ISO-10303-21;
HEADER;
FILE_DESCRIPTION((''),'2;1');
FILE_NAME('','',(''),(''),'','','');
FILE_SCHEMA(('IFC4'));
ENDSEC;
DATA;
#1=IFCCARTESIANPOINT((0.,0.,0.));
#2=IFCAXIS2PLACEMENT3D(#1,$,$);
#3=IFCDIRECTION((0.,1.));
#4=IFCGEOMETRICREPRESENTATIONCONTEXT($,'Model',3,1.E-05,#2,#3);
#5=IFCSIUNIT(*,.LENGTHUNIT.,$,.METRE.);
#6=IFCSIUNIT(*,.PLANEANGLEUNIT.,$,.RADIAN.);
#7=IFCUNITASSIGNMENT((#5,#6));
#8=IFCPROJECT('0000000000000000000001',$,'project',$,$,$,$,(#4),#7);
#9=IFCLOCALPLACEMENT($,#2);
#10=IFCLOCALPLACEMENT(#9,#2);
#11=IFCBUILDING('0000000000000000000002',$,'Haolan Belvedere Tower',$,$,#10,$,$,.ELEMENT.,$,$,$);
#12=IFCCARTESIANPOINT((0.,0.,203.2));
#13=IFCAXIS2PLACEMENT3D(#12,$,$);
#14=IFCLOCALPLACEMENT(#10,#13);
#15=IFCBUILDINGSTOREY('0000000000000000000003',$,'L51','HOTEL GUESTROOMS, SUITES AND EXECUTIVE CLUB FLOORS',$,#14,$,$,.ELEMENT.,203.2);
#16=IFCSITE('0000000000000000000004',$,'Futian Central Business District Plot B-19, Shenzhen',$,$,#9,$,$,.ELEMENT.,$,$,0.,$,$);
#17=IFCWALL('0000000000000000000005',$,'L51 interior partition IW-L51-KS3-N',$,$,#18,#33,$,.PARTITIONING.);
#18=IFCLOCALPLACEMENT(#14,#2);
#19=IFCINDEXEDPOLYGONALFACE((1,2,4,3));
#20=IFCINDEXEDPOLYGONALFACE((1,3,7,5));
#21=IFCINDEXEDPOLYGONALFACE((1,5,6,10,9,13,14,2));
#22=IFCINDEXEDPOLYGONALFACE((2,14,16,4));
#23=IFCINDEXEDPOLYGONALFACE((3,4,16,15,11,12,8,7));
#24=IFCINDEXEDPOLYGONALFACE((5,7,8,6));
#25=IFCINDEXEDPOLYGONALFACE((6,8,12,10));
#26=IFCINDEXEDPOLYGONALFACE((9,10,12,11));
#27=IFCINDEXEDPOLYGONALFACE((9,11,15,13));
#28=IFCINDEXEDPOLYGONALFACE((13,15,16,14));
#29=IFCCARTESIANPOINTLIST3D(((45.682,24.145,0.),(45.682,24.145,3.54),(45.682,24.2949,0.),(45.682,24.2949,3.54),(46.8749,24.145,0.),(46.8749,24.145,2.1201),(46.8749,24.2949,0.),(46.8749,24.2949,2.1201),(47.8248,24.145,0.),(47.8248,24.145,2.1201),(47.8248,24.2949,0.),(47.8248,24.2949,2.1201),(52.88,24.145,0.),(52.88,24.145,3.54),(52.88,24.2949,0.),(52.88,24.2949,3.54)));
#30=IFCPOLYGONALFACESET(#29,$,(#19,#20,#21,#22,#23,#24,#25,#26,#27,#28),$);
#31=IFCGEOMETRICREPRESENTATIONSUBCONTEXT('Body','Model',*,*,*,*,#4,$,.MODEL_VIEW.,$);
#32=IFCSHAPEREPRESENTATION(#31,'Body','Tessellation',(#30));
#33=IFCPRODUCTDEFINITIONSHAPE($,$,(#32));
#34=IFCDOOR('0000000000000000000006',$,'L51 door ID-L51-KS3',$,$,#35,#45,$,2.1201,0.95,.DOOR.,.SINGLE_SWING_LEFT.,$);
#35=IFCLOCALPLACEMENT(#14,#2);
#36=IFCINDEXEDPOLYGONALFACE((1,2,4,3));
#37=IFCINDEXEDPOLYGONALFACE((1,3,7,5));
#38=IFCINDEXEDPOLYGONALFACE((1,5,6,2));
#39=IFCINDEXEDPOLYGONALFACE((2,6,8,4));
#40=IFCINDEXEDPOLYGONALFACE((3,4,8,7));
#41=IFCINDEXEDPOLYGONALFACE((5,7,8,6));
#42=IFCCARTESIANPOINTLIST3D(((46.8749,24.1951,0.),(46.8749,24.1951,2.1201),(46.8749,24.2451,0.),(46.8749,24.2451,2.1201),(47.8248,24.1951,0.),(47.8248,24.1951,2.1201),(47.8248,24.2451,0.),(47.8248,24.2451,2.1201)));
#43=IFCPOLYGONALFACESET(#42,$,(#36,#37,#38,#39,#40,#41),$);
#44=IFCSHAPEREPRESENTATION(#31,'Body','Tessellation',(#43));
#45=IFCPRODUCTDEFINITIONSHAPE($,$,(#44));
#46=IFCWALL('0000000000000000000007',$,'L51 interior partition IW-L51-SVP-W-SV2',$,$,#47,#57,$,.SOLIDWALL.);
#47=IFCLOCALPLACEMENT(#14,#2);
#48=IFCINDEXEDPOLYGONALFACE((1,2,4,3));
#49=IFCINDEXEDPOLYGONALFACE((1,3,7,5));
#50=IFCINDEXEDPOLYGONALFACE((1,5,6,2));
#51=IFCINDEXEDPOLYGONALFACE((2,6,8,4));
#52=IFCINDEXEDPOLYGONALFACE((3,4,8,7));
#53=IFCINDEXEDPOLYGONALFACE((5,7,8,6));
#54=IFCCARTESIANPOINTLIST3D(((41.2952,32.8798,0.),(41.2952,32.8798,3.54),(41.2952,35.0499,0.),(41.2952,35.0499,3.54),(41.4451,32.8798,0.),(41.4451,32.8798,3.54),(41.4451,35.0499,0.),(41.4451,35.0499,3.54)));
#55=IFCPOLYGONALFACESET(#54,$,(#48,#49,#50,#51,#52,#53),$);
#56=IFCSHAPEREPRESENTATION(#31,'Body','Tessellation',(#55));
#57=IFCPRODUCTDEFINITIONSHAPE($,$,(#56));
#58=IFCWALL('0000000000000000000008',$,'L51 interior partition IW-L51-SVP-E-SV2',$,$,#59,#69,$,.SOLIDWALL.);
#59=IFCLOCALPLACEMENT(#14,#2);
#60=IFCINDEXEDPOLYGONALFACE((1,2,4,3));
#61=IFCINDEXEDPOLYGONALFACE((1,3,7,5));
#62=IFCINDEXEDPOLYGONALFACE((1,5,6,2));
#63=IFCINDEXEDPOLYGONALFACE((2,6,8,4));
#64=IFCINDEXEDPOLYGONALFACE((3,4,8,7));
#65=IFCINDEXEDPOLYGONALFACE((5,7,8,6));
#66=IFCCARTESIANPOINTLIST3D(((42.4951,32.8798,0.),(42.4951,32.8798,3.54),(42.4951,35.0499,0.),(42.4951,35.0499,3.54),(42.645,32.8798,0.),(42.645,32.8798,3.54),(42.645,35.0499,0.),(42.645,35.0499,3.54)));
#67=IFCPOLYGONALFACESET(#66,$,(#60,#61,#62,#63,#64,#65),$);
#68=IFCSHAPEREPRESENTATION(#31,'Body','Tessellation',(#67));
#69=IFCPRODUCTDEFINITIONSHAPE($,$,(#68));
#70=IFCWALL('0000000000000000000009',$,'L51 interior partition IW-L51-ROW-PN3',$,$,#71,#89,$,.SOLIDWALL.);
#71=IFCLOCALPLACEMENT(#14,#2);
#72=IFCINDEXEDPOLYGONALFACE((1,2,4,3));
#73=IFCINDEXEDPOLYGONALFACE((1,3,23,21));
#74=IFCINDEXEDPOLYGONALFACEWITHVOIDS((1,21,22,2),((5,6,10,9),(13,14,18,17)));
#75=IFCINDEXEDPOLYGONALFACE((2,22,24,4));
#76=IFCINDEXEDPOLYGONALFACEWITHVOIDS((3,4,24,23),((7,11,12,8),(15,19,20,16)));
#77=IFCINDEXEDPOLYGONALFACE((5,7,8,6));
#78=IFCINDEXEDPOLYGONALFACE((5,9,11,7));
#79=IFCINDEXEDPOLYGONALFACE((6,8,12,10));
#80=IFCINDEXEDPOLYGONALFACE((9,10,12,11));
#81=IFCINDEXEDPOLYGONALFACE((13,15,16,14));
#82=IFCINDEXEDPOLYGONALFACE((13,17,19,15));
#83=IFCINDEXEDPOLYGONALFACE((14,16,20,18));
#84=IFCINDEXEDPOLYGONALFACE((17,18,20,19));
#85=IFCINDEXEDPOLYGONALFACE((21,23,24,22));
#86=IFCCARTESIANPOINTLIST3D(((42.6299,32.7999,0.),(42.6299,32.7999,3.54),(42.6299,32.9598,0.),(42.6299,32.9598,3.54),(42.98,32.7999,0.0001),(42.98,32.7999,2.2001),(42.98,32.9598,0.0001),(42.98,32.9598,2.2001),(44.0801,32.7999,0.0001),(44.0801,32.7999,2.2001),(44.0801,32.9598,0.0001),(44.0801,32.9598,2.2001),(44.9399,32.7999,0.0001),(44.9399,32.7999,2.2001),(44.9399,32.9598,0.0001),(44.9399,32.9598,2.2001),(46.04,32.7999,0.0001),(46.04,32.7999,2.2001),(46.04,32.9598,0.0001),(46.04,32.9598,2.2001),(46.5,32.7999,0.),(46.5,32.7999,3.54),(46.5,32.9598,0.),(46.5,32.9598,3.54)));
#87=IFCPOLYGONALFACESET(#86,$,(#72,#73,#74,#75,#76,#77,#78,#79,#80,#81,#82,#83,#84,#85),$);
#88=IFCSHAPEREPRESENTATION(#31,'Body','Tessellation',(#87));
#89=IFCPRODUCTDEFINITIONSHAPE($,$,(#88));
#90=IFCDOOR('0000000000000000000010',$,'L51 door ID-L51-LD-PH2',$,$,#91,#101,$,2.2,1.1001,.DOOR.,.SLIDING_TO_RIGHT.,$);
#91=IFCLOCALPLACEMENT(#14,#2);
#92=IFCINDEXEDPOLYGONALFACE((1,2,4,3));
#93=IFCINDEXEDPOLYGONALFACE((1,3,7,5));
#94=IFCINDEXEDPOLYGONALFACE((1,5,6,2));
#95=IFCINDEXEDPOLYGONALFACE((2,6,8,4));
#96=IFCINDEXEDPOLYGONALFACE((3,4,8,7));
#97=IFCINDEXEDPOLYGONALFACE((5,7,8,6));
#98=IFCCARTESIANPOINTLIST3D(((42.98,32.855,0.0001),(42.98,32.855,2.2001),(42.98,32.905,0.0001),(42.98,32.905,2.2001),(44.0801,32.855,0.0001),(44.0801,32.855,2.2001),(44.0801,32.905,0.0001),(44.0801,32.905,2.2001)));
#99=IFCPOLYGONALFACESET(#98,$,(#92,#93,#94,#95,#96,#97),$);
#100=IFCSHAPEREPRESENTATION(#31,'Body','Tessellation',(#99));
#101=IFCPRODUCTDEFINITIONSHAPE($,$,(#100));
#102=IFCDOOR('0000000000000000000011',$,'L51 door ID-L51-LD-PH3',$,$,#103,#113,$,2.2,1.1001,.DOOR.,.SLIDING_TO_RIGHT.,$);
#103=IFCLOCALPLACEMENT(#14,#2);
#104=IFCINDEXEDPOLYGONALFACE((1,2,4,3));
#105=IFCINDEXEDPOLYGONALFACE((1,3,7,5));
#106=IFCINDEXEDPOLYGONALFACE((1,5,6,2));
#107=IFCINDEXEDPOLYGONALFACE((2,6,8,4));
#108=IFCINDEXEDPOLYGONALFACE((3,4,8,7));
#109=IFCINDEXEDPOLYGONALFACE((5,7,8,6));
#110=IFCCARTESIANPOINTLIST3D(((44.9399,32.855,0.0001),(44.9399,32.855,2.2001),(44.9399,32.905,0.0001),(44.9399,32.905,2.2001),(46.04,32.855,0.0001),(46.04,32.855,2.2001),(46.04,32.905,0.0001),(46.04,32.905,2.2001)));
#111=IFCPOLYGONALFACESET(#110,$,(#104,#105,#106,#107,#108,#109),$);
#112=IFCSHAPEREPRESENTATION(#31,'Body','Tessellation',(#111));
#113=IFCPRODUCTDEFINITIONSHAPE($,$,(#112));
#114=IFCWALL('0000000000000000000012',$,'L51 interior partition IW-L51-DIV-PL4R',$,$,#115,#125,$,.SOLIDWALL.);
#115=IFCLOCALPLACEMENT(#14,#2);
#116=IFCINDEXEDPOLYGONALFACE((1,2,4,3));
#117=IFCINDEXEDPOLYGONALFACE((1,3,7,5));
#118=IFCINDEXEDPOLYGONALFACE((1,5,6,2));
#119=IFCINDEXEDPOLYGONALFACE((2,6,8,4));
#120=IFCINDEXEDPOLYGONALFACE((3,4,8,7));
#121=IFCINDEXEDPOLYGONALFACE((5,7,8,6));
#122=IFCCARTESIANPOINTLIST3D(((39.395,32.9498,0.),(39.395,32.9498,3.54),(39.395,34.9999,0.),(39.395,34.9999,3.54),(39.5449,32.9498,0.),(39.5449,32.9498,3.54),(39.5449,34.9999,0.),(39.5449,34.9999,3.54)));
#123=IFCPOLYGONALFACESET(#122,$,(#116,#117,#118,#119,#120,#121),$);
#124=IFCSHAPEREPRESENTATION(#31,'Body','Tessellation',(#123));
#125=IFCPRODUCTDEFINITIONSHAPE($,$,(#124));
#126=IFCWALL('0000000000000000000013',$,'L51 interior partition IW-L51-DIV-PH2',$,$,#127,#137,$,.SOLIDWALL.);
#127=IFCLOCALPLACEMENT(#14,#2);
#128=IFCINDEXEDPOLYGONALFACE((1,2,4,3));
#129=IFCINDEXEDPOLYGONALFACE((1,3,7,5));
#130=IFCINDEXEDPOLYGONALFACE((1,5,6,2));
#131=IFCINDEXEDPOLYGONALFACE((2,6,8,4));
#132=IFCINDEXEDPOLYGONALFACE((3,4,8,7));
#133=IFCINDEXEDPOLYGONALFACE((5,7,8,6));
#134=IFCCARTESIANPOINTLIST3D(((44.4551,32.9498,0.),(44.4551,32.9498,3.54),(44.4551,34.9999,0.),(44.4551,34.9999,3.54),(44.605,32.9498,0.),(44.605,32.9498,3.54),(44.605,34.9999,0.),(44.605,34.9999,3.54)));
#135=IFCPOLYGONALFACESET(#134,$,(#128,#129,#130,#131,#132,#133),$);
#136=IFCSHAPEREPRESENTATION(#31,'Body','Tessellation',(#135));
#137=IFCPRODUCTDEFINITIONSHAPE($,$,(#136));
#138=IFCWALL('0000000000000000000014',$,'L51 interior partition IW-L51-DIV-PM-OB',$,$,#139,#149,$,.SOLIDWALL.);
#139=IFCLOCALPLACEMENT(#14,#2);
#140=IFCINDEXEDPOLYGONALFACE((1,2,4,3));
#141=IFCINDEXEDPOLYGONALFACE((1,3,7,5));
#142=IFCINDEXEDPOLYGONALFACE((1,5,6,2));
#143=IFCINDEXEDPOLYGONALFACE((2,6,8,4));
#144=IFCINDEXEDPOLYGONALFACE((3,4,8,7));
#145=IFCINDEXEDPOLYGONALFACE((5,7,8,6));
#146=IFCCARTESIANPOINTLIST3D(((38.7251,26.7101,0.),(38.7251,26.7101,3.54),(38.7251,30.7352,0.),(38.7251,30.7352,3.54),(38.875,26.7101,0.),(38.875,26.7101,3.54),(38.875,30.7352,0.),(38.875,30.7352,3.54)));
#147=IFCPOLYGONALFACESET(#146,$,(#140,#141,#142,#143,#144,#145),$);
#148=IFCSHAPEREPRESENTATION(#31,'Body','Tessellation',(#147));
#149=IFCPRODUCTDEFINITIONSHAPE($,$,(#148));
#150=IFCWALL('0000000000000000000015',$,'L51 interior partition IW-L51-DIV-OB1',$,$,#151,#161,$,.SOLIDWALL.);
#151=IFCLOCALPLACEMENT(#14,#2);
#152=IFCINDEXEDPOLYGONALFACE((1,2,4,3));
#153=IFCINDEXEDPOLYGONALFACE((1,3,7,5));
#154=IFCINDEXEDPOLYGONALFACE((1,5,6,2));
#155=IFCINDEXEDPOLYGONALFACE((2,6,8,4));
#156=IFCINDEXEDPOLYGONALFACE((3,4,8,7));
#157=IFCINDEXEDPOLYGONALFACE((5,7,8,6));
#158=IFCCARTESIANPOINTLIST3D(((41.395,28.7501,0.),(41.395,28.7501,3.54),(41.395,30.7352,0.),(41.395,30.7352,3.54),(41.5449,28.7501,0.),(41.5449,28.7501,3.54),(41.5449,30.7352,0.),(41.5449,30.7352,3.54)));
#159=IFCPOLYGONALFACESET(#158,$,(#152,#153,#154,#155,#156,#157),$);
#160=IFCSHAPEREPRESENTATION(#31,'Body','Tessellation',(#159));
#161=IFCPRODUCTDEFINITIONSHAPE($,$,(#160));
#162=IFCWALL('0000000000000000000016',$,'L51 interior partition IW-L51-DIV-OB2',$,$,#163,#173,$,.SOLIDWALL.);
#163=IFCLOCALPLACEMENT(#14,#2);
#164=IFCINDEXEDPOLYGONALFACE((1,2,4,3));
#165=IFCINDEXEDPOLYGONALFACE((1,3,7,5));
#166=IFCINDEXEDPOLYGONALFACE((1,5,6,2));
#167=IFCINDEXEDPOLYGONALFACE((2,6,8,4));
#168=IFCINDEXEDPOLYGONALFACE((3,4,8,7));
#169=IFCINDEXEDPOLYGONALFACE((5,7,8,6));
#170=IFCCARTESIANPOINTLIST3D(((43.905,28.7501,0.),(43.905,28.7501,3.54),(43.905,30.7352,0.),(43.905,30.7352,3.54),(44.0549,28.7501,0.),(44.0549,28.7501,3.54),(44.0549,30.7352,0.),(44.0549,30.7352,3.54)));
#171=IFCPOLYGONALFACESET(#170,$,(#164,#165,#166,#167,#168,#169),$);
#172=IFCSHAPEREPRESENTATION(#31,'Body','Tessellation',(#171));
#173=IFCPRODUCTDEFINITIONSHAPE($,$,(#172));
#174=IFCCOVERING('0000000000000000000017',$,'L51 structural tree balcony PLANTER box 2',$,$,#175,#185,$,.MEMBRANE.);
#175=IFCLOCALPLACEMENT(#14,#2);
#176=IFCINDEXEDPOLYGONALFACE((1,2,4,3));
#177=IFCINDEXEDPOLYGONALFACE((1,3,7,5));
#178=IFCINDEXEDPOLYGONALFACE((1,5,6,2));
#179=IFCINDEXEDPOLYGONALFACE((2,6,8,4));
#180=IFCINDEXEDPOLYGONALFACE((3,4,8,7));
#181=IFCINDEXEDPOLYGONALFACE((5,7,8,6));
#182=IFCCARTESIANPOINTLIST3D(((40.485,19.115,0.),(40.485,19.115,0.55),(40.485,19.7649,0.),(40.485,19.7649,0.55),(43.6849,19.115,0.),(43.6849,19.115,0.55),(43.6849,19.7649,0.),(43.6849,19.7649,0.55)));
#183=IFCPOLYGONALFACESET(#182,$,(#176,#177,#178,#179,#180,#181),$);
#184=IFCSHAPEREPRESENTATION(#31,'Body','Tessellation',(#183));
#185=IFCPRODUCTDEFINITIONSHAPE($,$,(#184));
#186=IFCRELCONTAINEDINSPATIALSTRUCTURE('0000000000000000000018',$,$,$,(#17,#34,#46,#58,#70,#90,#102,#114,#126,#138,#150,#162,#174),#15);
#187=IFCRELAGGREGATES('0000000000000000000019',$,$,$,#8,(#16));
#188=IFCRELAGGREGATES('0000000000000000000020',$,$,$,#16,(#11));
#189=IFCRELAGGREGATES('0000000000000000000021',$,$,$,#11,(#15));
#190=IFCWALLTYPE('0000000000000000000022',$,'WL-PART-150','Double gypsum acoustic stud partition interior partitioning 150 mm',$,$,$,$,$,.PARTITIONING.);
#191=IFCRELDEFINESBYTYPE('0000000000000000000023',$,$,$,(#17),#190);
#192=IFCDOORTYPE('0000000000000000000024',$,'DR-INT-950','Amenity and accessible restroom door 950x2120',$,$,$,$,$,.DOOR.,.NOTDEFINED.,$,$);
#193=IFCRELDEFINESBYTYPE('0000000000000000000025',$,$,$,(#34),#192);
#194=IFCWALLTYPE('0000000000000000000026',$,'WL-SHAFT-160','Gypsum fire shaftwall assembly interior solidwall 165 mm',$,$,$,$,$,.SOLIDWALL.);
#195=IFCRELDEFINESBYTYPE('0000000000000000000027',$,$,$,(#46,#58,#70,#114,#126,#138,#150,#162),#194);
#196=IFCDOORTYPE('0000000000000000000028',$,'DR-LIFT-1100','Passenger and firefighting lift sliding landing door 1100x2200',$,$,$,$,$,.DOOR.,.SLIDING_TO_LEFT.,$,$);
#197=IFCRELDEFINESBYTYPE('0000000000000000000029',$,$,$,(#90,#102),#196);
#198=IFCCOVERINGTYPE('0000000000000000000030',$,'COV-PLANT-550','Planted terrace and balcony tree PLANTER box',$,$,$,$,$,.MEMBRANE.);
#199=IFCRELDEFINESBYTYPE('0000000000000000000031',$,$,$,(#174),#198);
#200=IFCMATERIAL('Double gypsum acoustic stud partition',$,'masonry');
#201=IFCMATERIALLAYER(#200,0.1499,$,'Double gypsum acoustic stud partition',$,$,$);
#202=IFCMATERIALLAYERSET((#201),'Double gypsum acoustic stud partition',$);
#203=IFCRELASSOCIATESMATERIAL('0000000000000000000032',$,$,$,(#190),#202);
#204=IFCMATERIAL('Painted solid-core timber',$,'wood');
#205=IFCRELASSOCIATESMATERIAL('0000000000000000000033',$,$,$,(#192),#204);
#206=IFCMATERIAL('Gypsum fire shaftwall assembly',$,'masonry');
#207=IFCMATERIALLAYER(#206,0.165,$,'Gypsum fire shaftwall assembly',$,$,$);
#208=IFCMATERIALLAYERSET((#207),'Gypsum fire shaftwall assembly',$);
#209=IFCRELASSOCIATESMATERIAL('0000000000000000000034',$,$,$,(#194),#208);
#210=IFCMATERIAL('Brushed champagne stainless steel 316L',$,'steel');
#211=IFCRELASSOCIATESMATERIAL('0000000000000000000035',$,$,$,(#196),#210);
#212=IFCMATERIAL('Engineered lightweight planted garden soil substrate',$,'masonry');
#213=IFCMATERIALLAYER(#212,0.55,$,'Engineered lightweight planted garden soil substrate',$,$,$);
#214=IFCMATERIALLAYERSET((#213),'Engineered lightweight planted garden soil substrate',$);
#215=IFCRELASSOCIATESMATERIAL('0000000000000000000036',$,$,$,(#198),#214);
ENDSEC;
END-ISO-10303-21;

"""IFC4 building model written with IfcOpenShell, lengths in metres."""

from ifc_helpers import new_model, si_unit, direction, frame, frame_2d, origin, origin_2d, place, context, subcontext, project, spatial, rectangle, extrude, material, layer, layer_set, type_object, element, fill, save


model = new_model("IFC4")

# Units and contexts
model_context = context("Model", 3, precision=1e-05, world=origin(), true_north=direction((0.0, 1.0)))
body_context = subcontext(model_context, "Body", "Model", "MODEL_VIEW")
ifc_project = project(units=[si_unit("LENGTHUNIT", "METRE"), si_unit("PLANEANGLEUNIT", "RADIAN")], contexts=[model_context])

# Site, building, storey
site_placement = place(None, origin())
site = spatial("IfcSite", under=ifc_project, at=site_placement, Name="Futian Central Business District Plot B-19, Shenzhen", CompositionType="ELEMENT", RefElevation=0.0)
building_placement = place(site_placement, origin())
building = spatial("IfcBuilding", under=site, at=building_placement, Name="Haolan Belvedere Tower", CompositionType="ELEMENT")
storey_placement = place(building_placement, frame((0.0, 0.0, 203.2)))
storey = spatial("IfcBuildingStorey", under=building, at=storey_placement, Name="L51", Description="HOTEL GUESTROOMS, SUITES AND EXECUTIVE CLUB FLOORS", CompositionType="ELEMENT", Elevation=203.2)

# Shared definitions
ifc_material_1 = material(Name="Double gypsum acoustic stud partition", Category="masonry")
ifc_layer_1 = layer(ifc_material_1, 0.1499, Name="Double gypsum acoustic stud partition")
ifc_layer_set_1 = layer_set([ifc_layer_1], Name="Double gypsum acoustic stud partition")
wall_type_1 = type_object("IfcWallType", Name="WL-PART-150", Description="Double gypsum acoustic stud partition interior partitioning 150 mm", PredefinedType="PARTITIONING", material=ifc_layer_set_1)

# Shared definitions
ifc_material_2 = material(Name="Painted solid-core timber", Category="wood")
door_type_1 = type_object("IfcDoorType", Name="DR-INT-950", Description="Amenity and accessible restroom door 950x2120", OperationType="NOTDEFINED", PredefinedType="DOOR", material=ifc_material_2)

# Wall, opening, door
wall_1_placement = place(storey_placement, frame((45.6819, 24.22, 0.0), z_axis=(0.0, 0.0, 1.0), x_axis=(1.0, 0.0, 0.0)))
wall_1 = element("IfcWall", 1, at=wall_1_placement, inside=storey, type_object=wall_type_1, Name="L51 interior partition IW-L51-KS3-N", PredefinedType="PARTITIONING", context=body_context, shape_type="SweptSolid", body=[
    extrude(rectangle(XDim=7.198, YDim=0.1499, at=frame_2d((3.5991, 0.0))), origin(), (0.0, 0.0, 1.0), 3.54),
])
opening_1_placement = place(wall_1_placement, frame((2.1431, 0.0, 0.0), z_axis=(0.0, 0.0, 1.0), x_axis=(-1.0, 0.0, 0.0)))
opening_1 = element("IfcOpeningElement", 2, at=opening_1_placement, cuts=wall_1, PredefinedType="OPENING", context=body_context, shape_type="SweptSolid", body=[
    extrude(rectangle(XDim=0.95, YDim=2.1201, at=frame_2d((0.4751, 1.0601))), frame((0.0, 0.085, 0.0), z_axis=(0.0, -1.0, 0.0), x_axis=(1.0, 0.0, 0.0)), (0.0, 0.0, 1.0), 0.1699),
])
door_1_placement = place(opening_1_placement, origin())
door_1 = element("IfcDoor", 3, at=door_1_placement, inside=storey, type_object=door_type_1, Name="L51 door ID-L51-KS3", OperationType="SINGLE_SWING_LEFT", OverallHeight=2.1201, OverallWidth=0.95, PredefinedType="DOOR", context=body_context, shape_type="SweptSolid", body=[
    extrude(rectangle(XDim=0.95, YDim=2.1201, at=frame_2d((0.4751, 1.0601))), frame((0.0, 0.0249, 0.0), z_axis=(0.0, -1.0, 0.0), x_axis=(1.0, 0.0, 0.0)), (0.0, 0.0, 1.0), 0.05),
])
fill(opening_1, door_1)

# Walls
ifc_material_3 = material(Name="Gypsum fire shaftwall assembly", Category="masonry")
ifc_layer_2 = layer(ifc_material_3, 0.165, Name="Gypsum fire shaftwall assembly")
ifc_layer_set_2 = layer_set([ifc_layer_2], Name="Gypsum fire shaftwall assembly")
wall_type_2 = type_object("IfcWallType", Name="WL-SHAFT-160", Description="Gypsum fire shaftwall assembly interior solidwall 165 mm", PredefinedType="SOLIDWALL", material=ifc_layer_set_2)
for number, where, z_axis, x_axis, name in (
    (4, (41.3701, 32.8799, 0.0), (0.0, 0.0, 1.0), (0.0, 1.0, 0.0), "L51 interior partition IW-L51-SVP-W-SV2"),
    (5, (42.5701, 32.8799, 0.0), (0.0, 0.0, 1.0), (0.0, 1.0, 0.0), "L51 interior partition IW-L51-SVP-E-SV2"),
):
    element("IfcWall", number, at=place(storey_placement, frame(where, z_axis=z_axis, x_axis=x_axis)), inside=storey, type_object=wall_type_2, Name=name, PredefinedType="SOLIDWALL", context=body_context, shape_type="SweptSolid", body=[
        extrude(rectangle(XDim=2.1702, YDim=0.1499, at=frame_2d((1.085, 0.0))), origin(), (0.0, 0.0, 1.0), 3.54),
    ])

# Wall, openings, doors
wall_2_placement = place(storey_placement, frame((42.6299, 32.8799, 0.0), z_axis=(0.0, 0.0, 1.0), x_axis=(1.0, 0.0, 0.0)))
wall_2 = element("IfcWall", 6, at=wall_2_placement, inside=storey, type_object=wall_type_2, Name="L51 interior partition IW-L51-ROW-PN3", PredefinedType="SOLIDWALL", context=body_context, shape_type="SweptSolid", body=[
    extrude(rectangle(XDim=3.8701, YDim=0.1599, at=frame_2d((1.9351, 0.0))), origin(), (0.0, 0.0, 1.0), 3.54),
])
opening_2_placement = place(wall_2_placement, frame((1.4502, 0.0, 0.0), z_axis=(0.0, 0.0, 1.0), x_axis=(-1.0, 0.0, 0.0)))
opening_2 = element("IfcOpeningElement", 7, at=opening_2_placement, cuts=wall_2, PredefinedType="OPENING", context=body_context, shape_type="SweptSolid", body=[
    extrude(rectangle(XDim=1.1001, YDim=2.2, at=frame_2d((0.55, 1.1001))), frame((0.0, 0.0898, 0.0), z_axis=(0.0, -1.0, 0.0), x_axis=(1.0, 0.0, 0.0)), (0.0, 0.0, 1.0), 0.1799),
])
opening_3_placement = place(wall_2_placement, frame((3.4102, 0.0, 0.0), z_axis=(0.0, 0.0, 1.0), x_axis=(-1.0, 0.0, 0.0)))
opening_3 = element("IfcOpeningElement", 8, at=opening_3_placement, cuts=wall_2, PredefinedType="OPENING", context=body_context, shape_type="SweptSolid", body=[
    extrude(rectangle(XDim=1.1001, YDim=2.2, at=frame_2d((0.55, 1.1001))), frame((0.0, 0.0898, 0.0), z_axis=(0.0, -1.0, 0.0), x_axis=(1.0, 0.0, 0.0)), (0.0, 0.0, 1.0), 0.1799),
])
ifc_material_4 = material(Name="Brushed champagne stainless steel 316L", Category="steel")
door_type_2 = type_object("IfcDoorType", Name="DR-LIFT-1100", Description="Passenger and firefighting lift sliding landing door 1100x2200", OperationType="SLIDING_TO_LEFT", PredefinedType="DOOR", material=ifc_material_4)
door_2_placement = place(opening_2_placement, origin())
door_2 = element("IfcDoor", 9, at=door_2_placement, inside=storey, type_object=door_type_2, Name="L51 door ID-L51-LD-PH2", OperationType="SLIDING_TO_RIGHT", OverallHeight=2.2, OverallWidth=1.1001, PredefinedType="DOOR", context=body_context, shape_type="SweptSolid", body=[
    extrude(rectangle(XDim=1.1001, YDim=2.2, at=frame_2d((0.55, 1.1001))), frame((0.0, 0.0249, 0.0), z_axis=(0.0, -1.0, 0.0), x_axis=(1.0, 0.0, 0.0)), (0.0, 0.0, 1.0), 0.05),
])
fill(opening_2, door_2)
door_3_placement = place(opening_3_placement, origin())
door_3 = element("IfcDoor", 10, at=door_3_placement, inside=storey, type_object=door_type_2, Name="L51 door ID-L51-LD-PH3", OperationType="SLIDING_TO_RIGHT", OverallHeight=2.2, OverallWidth=1.1001, PredefinedType="DOOR", context=body_context, shape_type="SweptSolid", body=[
    extrude(rectangle(XDim=1.1001, YDim=2.2, at=frame_2d((0.55, 1.1001))), frame((0.0, 0.0249, 0.0), z_axis=(0.0, -1.0, 0.0), x_axis=(1.0, 0.0, 0.0)), (0.0, 0.0, 1.0), 0.05),
])
fill(opening_3, door_3)

# Walls
for number, where, z_axis, x_axis, name in (
    (11, (39.47, 32.95, 0.0), (0.0, 0.0, 1.0), (0.0, 1.0, 0.0), "L51 interior partition IW-L51-DIV-PL4R"),
    (12, (44.53, 32.95, 0.0), (0.0, 0.0, 1.0), (0.0, 1.0, 0.0), "L51 interior partition IW-L51-DIV-PH2"),
):
    element("IfcWall", number, at=place(storey_placement, frame(where, z_axis=z_axis, x_axis=x_axis)), inside=storey, type_object=wall_type_2, Name=name, PredefinedType="SOLIDWALL", context=body_context, shape_type="SweptSolid", body=[
        extrude(rectangle(XDim=2.05, YDim=0.1499, at=frame_2d((1.0249, 0.0))), origin(), (0.0, 0.0, 1.0), 3.54),
    ])
wall_3_placement = place(storey_placement, frame((38.8, 26.71, 0.0), z_axis=(0.0, 0.0, 1.0), x_axis=(0.0, 1.0, 0.0)))
element("IfcWall", 13, at=wall_3_placement, inside=storey, type_object=wall_type_2, Name="L51 interior partition IW-L51-DIV-PM-OB", PredefinedType="SOLIDWALL", context=body_context, shape_type="SweptSolid", body=[
    extrude(rectangle(XDim=4.0251, YDim=0.1499, at=frame_2d((2.0127, 0.0))), origin(), (0.0, 0.0, 1.0), 3.54),
])
for number, where, z_axis, x_axis, name in (
    (14, (41.47, 28.75, 0.0), (0.0, 0.0, 1.0), (0.0, 1.0, 0.0), "L51 interior partition IW-L51-DIV-OB1"),
    (15, (43.98, 28.75, 0.0), (0.0, 0.0, 1.0), (0.0, 1.0, 0.0), "L51 interior partition IW-L51-DIV-OB2"),
):
    element("IfcWall", number, at=place(storey_placement, frame(where, z_axis=z_axis, x_axis=x_axis)), inside=storey, type_object=wall_type_2, Name=name, PredefinedType="SOLIDWALL", context=body_context, shape_type="SweptSolid", body=[
        extrude(rectangle(XDim=1.9851, YDim=0.1499, at=frame_2d((0.9927, 0.0))), origin(), (0.0, 0.0, 1.0), 3.54),
    ])

# Covering
ifc_material_5 = material(Name="Engineered lightweight planted garden soil substrate", Category="masonry")
ifc_layer_3 = layer(ifc_material_5, 0.55, Name="Engineered lightweight planted garden soil substrate")
ifc_layer_set_3 = layer_set([ifc_layer_3], Name="Engineered lightweight planted garden soil substrate")
covering_type = type_object("IfcCoveringType", Name="COV-PLANT-550", Description="Planted terrace and balcony tree PLANTER box", PredefinedType="MEMBRANE", material=ifc_layer_set_3)
covering_placement = place(storey_placement, frame((42.085, 19.4399, 0.0), z_axis=(0.0, 0.0, 1.0), x_axis=(1.0, 0.0, 0.0)))
element("IfcCovering", 16, at=covering_placement, inside=storey, type_object=covering_type, Name="L51 structural tree balcony PLANTER box 2", PredefinedType="MEMBRANE", context=body_context, shape_type="SweptSolid", body=[
    extrude(rectangle(XDim=3.2, YDim=0.6499, at=origin_2d()), origin(), (0.0, 0.0, 1.0), 0.55),
])

save(model, "model.ifc")
